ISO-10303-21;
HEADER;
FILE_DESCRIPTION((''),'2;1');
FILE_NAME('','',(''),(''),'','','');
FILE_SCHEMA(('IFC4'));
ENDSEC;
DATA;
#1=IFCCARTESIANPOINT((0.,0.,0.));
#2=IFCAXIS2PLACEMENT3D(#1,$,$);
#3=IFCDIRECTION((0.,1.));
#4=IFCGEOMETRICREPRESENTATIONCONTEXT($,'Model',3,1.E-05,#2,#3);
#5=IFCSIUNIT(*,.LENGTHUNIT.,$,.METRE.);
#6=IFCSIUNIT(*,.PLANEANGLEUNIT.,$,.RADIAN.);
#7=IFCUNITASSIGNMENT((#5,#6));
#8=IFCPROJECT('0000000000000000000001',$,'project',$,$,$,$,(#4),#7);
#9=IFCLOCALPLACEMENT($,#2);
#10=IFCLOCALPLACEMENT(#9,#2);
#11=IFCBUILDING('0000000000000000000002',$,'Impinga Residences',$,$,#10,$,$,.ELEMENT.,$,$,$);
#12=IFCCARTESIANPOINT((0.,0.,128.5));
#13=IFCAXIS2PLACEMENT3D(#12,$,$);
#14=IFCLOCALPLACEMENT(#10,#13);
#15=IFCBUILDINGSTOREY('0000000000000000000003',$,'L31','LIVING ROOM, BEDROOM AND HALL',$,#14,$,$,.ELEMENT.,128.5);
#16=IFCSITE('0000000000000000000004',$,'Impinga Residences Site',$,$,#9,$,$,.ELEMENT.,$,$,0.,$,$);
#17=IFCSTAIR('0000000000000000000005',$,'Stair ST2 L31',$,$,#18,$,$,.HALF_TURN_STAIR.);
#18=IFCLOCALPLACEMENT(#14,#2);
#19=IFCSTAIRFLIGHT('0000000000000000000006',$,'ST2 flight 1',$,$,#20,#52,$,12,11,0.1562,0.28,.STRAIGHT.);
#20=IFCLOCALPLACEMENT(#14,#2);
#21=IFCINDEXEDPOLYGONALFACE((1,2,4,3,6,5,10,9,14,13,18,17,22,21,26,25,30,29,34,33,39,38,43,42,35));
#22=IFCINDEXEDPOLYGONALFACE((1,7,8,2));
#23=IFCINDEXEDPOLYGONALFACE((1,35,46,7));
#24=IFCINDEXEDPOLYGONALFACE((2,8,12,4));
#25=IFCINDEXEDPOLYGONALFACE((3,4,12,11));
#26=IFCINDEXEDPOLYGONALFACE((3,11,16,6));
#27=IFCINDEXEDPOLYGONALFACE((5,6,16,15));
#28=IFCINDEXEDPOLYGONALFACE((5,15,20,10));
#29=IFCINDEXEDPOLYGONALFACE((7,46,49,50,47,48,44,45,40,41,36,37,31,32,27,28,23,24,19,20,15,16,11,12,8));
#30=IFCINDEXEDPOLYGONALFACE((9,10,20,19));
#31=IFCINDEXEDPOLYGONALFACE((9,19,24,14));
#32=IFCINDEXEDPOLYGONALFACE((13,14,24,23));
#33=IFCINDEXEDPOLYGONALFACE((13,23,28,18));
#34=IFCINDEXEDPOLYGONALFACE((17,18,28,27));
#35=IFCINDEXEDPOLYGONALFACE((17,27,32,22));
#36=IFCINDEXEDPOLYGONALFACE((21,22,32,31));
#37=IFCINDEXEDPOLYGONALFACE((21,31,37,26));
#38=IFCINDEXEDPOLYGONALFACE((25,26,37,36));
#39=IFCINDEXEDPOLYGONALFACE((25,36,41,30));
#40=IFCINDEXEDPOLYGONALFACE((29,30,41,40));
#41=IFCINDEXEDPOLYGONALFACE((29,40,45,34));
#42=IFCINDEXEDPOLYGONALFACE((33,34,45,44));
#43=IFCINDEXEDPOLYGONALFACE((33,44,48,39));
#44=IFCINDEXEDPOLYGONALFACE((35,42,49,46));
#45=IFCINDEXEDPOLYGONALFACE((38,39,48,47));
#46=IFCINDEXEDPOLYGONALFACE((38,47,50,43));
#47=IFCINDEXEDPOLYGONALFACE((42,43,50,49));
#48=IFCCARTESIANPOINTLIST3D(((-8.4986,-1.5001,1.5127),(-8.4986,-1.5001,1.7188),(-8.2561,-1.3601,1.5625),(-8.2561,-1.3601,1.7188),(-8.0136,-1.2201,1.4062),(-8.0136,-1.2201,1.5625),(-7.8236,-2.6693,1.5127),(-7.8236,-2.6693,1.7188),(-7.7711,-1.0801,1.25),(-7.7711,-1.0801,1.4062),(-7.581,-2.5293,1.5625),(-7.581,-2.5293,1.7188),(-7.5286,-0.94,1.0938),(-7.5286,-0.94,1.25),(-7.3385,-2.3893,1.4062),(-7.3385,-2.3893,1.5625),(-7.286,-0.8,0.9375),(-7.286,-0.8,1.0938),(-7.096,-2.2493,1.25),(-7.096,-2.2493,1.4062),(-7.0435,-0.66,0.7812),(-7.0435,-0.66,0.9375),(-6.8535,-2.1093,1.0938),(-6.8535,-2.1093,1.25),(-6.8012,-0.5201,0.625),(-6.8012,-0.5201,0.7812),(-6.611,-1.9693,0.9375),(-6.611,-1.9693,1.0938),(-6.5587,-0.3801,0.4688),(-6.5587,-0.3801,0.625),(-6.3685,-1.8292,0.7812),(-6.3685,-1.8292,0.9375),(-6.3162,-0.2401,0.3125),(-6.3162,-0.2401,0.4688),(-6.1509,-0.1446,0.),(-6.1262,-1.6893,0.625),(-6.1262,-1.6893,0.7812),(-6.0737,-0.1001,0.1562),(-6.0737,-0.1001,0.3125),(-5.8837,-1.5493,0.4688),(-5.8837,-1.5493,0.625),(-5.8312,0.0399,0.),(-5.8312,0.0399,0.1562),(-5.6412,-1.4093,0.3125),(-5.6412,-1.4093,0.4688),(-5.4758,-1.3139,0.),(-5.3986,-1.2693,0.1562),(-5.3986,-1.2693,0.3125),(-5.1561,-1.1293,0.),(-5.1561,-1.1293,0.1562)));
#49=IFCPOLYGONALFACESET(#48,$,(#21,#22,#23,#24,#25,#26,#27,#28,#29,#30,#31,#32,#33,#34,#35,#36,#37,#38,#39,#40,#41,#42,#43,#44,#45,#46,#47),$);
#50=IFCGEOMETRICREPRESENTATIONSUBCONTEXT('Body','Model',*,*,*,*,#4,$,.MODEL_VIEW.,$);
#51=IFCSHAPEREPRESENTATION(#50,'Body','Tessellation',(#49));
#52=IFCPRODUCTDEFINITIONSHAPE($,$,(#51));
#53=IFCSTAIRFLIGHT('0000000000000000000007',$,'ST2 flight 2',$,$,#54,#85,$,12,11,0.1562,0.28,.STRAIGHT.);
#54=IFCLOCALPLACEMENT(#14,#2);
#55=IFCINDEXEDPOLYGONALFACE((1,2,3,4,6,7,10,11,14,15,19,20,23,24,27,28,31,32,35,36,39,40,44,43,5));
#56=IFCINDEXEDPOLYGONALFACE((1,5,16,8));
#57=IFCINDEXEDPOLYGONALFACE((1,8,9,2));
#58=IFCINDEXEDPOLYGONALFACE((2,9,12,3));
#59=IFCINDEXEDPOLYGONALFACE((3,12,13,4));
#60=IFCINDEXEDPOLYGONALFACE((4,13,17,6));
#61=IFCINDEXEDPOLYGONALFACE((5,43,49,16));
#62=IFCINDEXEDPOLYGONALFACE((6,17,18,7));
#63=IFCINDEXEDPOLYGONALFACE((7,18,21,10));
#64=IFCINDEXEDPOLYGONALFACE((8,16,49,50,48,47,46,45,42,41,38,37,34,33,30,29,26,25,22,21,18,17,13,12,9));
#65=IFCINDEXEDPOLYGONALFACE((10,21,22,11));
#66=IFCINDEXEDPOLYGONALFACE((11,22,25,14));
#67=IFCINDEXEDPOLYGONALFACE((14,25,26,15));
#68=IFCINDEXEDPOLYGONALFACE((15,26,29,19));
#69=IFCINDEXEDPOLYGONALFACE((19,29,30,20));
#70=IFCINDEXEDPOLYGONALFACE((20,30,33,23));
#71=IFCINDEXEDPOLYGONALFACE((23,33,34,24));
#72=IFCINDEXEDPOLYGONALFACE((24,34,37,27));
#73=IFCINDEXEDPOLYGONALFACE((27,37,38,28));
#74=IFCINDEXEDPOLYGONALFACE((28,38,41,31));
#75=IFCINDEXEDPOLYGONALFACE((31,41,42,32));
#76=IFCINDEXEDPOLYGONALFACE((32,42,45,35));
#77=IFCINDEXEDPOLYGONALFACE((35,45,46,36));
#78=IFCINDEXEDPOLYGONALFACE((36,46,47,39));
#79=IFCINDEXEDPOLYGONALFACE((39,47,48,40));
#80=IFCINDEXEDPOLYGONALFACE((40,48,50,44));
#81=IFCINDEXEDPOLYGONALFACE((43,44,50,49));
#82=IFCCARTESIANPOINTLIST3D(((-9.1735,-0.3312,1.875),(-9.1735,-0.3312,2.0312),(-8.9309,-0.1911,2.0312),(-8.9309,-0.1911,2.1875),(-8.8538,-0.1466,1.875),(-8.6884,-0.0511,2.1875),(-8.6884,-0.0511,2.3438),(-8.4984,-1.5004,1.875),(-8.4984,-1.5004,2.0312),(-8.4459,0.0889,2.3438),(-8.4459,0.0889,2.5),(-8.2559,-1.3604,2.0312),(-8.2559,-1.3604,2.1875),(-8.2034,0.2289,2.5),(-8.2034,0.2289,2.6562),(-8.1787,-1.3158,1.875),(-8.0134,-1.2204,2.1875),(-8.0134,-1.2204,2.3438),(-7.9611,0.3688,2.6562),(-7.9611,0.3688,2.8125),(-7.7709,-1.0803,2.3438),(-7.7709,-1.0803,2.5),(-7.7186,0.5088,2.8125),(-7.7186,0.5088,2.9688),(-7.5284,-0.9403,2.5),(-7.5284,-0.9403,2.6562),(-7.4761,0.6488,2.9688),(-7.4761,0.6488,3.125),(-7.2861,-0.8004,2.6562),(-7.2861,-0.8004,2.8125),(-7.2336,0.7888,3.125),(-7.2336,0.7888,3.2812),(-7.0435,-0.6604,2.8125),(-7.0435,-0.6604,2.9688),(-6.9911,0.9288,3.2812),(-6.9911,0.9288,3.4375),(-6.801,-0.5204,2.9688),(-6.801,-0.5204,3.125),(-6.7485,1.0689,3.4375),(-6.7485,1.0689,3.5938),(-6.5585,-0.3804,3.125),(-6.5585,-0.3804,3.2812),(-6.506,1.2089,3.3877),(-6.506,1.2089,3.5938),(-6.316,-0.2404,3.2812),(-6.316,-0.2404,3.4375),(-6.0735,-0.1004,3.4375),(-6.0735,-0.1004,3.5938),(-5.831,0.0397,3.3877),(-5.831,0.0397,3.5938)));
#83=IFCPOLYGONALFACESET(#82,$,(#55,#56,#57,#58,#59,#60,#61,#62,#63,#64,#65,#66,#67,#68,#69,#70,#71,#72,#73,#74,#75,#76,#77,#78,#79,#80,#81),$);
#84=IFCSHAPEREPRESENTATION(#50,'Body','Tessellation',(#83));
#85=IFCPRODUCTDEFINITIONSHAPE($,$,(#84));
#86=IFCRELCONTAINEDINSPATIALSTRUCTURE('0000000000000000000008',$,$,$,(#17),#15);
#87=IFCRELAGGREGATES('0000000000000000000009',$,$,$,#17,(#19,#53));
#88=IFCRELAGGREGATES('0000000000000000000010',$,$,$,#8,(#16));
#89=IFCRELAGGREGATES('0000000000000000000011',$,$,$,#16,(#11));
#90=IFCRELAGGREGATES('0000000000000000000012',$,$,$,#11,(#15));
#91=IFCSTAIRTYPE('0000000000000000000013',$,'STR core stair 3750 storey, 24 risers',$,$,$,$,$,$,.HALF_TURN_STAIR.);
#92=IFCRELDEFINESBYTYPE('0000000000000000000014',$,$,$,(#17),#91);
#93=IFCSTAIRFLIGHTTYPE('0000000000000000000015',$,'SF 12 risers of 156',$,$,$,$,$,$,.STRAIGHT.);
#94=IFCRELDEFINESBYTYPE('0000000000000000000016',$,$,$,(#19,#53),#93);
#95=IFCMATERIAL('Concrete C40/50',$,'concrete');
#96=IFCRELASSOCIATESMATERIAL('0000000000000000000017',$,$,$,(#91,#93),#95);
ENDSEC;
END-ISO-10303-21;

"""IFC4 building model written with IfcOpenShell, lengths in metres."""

from ifc_helpers import new_model, si_unit, direction, frame, origin, place, context, subcontext, project, spatial, polyline, outline, extrude, material, type_object, element, aggregate, save


model = new_model("IFC4")

# Units and contexts
model_context = context("Model", 3, precision=1e-05, world=origin(), true_north=direction((0.0, 1.0)))
body_context = subcontext(model_context, "Body", "Model", "MODEL_VIEW")
ifc_project = project(units=[si_unit("LENGTHUNIT", "METRE"), si_unit("PLANEANGLEUNIT", "RADIAN")], contexts=[model_context])

# Site, building, storey
site_placement = place(None, origin())
site = spatial("IfcSite", under=ifc_project, at=site_placement, Name="Impinga Residences Site", CompositionType="ELEMENT", RefElevation=0.0)
building_placement = place(site_placement, origin())
building = spatial("IfcBuilding", under=site, at=building_placement, Name="Impinga Residences", CompositionType="ELEMENT")
storey_placement = place(building_placement, frame((0.0, 0.0, 128.5)))
storey = spatial("IfcBuildingStorey", under=building, at=storey_placement, Name="L31", Description="LIVING ROOM, BEDROOM AND HALL", CompositionType="ELEMENT", Elevation=128.5)

# Stair, stair flights
ifc_material_1 = material(Name="Concrete C40/50", Category="concrete")
stair_type = type_object("IfcStairType", Name="STR core stair 3750 storey, 24 risers", PredefinedType="HALF_TURN_STAIR", material=ifc_material_1)
stair_placement = place(storey_placement, origin())
stair = element("IfcStair", 1, at=stair_placement, inside=storey, type_object=stair_type, Name="Stair ST2 L31", PredefinedType="HALF_TURN_STAIR")
stair_flight_type = type_object("IfcStairFlightType", Name="SF 12 risers of 156", PredefinedType="STRAIGHT", material=ifc_material_1)
stair_flight_1_placement = place(storey_placement, frame((-5.4937, -0.5447, 0.0), z_axis=(0.0, 0.0, 1.0), x_axis=(-0.866025, -0.5, 0.0)))
stair_flight_1 = element("IfcStairFlight", 2, at=stair_flight_1_placement, type_object=stair_flight_type, Name="ST2 flight 1", NumberOfRisers=12, NumberOfTreads=11, PredefinedType="STRAIGHT", RiserHeight=0.1562, TreadLength=0.28, context=body_context, shape_type="SweptSolid", body=[
    extrude(outline(polyline([(0.0, 0.0), (0.0, 0.1562), (0.28, 0.1562), (0.28, 0.3125), (0.5601, 0.3125), (0.5601, 0.4688), (0.8401, 0.4688), (0.8401, 0.625), (1.1201, 0.625), (1.1201, 0.7812), (1.3999, 0.7812), (1.3999, 0.9375), (1.6799, 0.9375), (1.6799, 1.0938), (1.96, 1.0938), (1.96, 1.25), (2.24, 1.25), (2.24, 1.4062), (2.52, 1.4062), (2.52, 1.5625), (2.8, 1.5625), (2.8, 1.7188), (3.0801, 1.7188), (3.0801, 1.875), (3.0801, 1.5127), (0.3691, 0.0), (0.0, 0.0)])), frame((0.0, 0.675, 0.0), z_axis=(0.0, -1.0, 0.0), x_axis=(1.0, 0.0, 0.0)), (0.0, 0.0, 1.0), 1.3501),
])
stair_flight_2_placement = place(storey_placement, frame((-8.8359, -0.9158, 1.875), z_axis=(0.0, 0.0, 1.0), x_axis=(0.866025, 0.5, 0.0)))
stair_flight_2 = element("IfcStairFlight", 3, at=stair_flight_2_placement, type_object=stair_flight_type, Name="ST2 flight 2", NumberOfRisers=12, NumberOfTreads=11, PredefinedType="STRAIGHT", RiserHeight=0.1562, TreadLength=0.28, context=body_context, shape_type="SweptSolid", body=[
    extrude(outline(polyline([(0.0, 0.0), (0.0, 0.1562), (0.28, 0.1562), (0.28, 0.3125), (0.5601, 0.3125), (0.5601, 0.4688), (0.8401, 0.4688), (0.8401, 0.625), (1.1201, 0.625), (1.1201, 0.7812), (1.3999, 0.7812), (1.3999, 0.9375), (1.6799, 0.9375), (1.6799, 1.0938), (1.96, 1.0938), (1.96, 1.25), (2.24, 1.25), (2.24, 1.4062), (2.52, 1.4062), (2.52, 1.5625), (2.8, 1.5625), (2.8, 1.7188), (3.0801, 1.7188), (3.0801, 1.875), (3.0801, 1.5127), (0.3691, 0.0), (0.0, 0.0)])), frame((0.0, 0.675, 0.0), z_axis=(0.0, -1.0, 0.0), x_axis=(1.0, 0.0, 0.0)), (0.0, 0.0, 1.0), 1.3501),
])
aggregate(stair, [stair_flight_1, stair_flight_2])

save(model, "model.ifc")
